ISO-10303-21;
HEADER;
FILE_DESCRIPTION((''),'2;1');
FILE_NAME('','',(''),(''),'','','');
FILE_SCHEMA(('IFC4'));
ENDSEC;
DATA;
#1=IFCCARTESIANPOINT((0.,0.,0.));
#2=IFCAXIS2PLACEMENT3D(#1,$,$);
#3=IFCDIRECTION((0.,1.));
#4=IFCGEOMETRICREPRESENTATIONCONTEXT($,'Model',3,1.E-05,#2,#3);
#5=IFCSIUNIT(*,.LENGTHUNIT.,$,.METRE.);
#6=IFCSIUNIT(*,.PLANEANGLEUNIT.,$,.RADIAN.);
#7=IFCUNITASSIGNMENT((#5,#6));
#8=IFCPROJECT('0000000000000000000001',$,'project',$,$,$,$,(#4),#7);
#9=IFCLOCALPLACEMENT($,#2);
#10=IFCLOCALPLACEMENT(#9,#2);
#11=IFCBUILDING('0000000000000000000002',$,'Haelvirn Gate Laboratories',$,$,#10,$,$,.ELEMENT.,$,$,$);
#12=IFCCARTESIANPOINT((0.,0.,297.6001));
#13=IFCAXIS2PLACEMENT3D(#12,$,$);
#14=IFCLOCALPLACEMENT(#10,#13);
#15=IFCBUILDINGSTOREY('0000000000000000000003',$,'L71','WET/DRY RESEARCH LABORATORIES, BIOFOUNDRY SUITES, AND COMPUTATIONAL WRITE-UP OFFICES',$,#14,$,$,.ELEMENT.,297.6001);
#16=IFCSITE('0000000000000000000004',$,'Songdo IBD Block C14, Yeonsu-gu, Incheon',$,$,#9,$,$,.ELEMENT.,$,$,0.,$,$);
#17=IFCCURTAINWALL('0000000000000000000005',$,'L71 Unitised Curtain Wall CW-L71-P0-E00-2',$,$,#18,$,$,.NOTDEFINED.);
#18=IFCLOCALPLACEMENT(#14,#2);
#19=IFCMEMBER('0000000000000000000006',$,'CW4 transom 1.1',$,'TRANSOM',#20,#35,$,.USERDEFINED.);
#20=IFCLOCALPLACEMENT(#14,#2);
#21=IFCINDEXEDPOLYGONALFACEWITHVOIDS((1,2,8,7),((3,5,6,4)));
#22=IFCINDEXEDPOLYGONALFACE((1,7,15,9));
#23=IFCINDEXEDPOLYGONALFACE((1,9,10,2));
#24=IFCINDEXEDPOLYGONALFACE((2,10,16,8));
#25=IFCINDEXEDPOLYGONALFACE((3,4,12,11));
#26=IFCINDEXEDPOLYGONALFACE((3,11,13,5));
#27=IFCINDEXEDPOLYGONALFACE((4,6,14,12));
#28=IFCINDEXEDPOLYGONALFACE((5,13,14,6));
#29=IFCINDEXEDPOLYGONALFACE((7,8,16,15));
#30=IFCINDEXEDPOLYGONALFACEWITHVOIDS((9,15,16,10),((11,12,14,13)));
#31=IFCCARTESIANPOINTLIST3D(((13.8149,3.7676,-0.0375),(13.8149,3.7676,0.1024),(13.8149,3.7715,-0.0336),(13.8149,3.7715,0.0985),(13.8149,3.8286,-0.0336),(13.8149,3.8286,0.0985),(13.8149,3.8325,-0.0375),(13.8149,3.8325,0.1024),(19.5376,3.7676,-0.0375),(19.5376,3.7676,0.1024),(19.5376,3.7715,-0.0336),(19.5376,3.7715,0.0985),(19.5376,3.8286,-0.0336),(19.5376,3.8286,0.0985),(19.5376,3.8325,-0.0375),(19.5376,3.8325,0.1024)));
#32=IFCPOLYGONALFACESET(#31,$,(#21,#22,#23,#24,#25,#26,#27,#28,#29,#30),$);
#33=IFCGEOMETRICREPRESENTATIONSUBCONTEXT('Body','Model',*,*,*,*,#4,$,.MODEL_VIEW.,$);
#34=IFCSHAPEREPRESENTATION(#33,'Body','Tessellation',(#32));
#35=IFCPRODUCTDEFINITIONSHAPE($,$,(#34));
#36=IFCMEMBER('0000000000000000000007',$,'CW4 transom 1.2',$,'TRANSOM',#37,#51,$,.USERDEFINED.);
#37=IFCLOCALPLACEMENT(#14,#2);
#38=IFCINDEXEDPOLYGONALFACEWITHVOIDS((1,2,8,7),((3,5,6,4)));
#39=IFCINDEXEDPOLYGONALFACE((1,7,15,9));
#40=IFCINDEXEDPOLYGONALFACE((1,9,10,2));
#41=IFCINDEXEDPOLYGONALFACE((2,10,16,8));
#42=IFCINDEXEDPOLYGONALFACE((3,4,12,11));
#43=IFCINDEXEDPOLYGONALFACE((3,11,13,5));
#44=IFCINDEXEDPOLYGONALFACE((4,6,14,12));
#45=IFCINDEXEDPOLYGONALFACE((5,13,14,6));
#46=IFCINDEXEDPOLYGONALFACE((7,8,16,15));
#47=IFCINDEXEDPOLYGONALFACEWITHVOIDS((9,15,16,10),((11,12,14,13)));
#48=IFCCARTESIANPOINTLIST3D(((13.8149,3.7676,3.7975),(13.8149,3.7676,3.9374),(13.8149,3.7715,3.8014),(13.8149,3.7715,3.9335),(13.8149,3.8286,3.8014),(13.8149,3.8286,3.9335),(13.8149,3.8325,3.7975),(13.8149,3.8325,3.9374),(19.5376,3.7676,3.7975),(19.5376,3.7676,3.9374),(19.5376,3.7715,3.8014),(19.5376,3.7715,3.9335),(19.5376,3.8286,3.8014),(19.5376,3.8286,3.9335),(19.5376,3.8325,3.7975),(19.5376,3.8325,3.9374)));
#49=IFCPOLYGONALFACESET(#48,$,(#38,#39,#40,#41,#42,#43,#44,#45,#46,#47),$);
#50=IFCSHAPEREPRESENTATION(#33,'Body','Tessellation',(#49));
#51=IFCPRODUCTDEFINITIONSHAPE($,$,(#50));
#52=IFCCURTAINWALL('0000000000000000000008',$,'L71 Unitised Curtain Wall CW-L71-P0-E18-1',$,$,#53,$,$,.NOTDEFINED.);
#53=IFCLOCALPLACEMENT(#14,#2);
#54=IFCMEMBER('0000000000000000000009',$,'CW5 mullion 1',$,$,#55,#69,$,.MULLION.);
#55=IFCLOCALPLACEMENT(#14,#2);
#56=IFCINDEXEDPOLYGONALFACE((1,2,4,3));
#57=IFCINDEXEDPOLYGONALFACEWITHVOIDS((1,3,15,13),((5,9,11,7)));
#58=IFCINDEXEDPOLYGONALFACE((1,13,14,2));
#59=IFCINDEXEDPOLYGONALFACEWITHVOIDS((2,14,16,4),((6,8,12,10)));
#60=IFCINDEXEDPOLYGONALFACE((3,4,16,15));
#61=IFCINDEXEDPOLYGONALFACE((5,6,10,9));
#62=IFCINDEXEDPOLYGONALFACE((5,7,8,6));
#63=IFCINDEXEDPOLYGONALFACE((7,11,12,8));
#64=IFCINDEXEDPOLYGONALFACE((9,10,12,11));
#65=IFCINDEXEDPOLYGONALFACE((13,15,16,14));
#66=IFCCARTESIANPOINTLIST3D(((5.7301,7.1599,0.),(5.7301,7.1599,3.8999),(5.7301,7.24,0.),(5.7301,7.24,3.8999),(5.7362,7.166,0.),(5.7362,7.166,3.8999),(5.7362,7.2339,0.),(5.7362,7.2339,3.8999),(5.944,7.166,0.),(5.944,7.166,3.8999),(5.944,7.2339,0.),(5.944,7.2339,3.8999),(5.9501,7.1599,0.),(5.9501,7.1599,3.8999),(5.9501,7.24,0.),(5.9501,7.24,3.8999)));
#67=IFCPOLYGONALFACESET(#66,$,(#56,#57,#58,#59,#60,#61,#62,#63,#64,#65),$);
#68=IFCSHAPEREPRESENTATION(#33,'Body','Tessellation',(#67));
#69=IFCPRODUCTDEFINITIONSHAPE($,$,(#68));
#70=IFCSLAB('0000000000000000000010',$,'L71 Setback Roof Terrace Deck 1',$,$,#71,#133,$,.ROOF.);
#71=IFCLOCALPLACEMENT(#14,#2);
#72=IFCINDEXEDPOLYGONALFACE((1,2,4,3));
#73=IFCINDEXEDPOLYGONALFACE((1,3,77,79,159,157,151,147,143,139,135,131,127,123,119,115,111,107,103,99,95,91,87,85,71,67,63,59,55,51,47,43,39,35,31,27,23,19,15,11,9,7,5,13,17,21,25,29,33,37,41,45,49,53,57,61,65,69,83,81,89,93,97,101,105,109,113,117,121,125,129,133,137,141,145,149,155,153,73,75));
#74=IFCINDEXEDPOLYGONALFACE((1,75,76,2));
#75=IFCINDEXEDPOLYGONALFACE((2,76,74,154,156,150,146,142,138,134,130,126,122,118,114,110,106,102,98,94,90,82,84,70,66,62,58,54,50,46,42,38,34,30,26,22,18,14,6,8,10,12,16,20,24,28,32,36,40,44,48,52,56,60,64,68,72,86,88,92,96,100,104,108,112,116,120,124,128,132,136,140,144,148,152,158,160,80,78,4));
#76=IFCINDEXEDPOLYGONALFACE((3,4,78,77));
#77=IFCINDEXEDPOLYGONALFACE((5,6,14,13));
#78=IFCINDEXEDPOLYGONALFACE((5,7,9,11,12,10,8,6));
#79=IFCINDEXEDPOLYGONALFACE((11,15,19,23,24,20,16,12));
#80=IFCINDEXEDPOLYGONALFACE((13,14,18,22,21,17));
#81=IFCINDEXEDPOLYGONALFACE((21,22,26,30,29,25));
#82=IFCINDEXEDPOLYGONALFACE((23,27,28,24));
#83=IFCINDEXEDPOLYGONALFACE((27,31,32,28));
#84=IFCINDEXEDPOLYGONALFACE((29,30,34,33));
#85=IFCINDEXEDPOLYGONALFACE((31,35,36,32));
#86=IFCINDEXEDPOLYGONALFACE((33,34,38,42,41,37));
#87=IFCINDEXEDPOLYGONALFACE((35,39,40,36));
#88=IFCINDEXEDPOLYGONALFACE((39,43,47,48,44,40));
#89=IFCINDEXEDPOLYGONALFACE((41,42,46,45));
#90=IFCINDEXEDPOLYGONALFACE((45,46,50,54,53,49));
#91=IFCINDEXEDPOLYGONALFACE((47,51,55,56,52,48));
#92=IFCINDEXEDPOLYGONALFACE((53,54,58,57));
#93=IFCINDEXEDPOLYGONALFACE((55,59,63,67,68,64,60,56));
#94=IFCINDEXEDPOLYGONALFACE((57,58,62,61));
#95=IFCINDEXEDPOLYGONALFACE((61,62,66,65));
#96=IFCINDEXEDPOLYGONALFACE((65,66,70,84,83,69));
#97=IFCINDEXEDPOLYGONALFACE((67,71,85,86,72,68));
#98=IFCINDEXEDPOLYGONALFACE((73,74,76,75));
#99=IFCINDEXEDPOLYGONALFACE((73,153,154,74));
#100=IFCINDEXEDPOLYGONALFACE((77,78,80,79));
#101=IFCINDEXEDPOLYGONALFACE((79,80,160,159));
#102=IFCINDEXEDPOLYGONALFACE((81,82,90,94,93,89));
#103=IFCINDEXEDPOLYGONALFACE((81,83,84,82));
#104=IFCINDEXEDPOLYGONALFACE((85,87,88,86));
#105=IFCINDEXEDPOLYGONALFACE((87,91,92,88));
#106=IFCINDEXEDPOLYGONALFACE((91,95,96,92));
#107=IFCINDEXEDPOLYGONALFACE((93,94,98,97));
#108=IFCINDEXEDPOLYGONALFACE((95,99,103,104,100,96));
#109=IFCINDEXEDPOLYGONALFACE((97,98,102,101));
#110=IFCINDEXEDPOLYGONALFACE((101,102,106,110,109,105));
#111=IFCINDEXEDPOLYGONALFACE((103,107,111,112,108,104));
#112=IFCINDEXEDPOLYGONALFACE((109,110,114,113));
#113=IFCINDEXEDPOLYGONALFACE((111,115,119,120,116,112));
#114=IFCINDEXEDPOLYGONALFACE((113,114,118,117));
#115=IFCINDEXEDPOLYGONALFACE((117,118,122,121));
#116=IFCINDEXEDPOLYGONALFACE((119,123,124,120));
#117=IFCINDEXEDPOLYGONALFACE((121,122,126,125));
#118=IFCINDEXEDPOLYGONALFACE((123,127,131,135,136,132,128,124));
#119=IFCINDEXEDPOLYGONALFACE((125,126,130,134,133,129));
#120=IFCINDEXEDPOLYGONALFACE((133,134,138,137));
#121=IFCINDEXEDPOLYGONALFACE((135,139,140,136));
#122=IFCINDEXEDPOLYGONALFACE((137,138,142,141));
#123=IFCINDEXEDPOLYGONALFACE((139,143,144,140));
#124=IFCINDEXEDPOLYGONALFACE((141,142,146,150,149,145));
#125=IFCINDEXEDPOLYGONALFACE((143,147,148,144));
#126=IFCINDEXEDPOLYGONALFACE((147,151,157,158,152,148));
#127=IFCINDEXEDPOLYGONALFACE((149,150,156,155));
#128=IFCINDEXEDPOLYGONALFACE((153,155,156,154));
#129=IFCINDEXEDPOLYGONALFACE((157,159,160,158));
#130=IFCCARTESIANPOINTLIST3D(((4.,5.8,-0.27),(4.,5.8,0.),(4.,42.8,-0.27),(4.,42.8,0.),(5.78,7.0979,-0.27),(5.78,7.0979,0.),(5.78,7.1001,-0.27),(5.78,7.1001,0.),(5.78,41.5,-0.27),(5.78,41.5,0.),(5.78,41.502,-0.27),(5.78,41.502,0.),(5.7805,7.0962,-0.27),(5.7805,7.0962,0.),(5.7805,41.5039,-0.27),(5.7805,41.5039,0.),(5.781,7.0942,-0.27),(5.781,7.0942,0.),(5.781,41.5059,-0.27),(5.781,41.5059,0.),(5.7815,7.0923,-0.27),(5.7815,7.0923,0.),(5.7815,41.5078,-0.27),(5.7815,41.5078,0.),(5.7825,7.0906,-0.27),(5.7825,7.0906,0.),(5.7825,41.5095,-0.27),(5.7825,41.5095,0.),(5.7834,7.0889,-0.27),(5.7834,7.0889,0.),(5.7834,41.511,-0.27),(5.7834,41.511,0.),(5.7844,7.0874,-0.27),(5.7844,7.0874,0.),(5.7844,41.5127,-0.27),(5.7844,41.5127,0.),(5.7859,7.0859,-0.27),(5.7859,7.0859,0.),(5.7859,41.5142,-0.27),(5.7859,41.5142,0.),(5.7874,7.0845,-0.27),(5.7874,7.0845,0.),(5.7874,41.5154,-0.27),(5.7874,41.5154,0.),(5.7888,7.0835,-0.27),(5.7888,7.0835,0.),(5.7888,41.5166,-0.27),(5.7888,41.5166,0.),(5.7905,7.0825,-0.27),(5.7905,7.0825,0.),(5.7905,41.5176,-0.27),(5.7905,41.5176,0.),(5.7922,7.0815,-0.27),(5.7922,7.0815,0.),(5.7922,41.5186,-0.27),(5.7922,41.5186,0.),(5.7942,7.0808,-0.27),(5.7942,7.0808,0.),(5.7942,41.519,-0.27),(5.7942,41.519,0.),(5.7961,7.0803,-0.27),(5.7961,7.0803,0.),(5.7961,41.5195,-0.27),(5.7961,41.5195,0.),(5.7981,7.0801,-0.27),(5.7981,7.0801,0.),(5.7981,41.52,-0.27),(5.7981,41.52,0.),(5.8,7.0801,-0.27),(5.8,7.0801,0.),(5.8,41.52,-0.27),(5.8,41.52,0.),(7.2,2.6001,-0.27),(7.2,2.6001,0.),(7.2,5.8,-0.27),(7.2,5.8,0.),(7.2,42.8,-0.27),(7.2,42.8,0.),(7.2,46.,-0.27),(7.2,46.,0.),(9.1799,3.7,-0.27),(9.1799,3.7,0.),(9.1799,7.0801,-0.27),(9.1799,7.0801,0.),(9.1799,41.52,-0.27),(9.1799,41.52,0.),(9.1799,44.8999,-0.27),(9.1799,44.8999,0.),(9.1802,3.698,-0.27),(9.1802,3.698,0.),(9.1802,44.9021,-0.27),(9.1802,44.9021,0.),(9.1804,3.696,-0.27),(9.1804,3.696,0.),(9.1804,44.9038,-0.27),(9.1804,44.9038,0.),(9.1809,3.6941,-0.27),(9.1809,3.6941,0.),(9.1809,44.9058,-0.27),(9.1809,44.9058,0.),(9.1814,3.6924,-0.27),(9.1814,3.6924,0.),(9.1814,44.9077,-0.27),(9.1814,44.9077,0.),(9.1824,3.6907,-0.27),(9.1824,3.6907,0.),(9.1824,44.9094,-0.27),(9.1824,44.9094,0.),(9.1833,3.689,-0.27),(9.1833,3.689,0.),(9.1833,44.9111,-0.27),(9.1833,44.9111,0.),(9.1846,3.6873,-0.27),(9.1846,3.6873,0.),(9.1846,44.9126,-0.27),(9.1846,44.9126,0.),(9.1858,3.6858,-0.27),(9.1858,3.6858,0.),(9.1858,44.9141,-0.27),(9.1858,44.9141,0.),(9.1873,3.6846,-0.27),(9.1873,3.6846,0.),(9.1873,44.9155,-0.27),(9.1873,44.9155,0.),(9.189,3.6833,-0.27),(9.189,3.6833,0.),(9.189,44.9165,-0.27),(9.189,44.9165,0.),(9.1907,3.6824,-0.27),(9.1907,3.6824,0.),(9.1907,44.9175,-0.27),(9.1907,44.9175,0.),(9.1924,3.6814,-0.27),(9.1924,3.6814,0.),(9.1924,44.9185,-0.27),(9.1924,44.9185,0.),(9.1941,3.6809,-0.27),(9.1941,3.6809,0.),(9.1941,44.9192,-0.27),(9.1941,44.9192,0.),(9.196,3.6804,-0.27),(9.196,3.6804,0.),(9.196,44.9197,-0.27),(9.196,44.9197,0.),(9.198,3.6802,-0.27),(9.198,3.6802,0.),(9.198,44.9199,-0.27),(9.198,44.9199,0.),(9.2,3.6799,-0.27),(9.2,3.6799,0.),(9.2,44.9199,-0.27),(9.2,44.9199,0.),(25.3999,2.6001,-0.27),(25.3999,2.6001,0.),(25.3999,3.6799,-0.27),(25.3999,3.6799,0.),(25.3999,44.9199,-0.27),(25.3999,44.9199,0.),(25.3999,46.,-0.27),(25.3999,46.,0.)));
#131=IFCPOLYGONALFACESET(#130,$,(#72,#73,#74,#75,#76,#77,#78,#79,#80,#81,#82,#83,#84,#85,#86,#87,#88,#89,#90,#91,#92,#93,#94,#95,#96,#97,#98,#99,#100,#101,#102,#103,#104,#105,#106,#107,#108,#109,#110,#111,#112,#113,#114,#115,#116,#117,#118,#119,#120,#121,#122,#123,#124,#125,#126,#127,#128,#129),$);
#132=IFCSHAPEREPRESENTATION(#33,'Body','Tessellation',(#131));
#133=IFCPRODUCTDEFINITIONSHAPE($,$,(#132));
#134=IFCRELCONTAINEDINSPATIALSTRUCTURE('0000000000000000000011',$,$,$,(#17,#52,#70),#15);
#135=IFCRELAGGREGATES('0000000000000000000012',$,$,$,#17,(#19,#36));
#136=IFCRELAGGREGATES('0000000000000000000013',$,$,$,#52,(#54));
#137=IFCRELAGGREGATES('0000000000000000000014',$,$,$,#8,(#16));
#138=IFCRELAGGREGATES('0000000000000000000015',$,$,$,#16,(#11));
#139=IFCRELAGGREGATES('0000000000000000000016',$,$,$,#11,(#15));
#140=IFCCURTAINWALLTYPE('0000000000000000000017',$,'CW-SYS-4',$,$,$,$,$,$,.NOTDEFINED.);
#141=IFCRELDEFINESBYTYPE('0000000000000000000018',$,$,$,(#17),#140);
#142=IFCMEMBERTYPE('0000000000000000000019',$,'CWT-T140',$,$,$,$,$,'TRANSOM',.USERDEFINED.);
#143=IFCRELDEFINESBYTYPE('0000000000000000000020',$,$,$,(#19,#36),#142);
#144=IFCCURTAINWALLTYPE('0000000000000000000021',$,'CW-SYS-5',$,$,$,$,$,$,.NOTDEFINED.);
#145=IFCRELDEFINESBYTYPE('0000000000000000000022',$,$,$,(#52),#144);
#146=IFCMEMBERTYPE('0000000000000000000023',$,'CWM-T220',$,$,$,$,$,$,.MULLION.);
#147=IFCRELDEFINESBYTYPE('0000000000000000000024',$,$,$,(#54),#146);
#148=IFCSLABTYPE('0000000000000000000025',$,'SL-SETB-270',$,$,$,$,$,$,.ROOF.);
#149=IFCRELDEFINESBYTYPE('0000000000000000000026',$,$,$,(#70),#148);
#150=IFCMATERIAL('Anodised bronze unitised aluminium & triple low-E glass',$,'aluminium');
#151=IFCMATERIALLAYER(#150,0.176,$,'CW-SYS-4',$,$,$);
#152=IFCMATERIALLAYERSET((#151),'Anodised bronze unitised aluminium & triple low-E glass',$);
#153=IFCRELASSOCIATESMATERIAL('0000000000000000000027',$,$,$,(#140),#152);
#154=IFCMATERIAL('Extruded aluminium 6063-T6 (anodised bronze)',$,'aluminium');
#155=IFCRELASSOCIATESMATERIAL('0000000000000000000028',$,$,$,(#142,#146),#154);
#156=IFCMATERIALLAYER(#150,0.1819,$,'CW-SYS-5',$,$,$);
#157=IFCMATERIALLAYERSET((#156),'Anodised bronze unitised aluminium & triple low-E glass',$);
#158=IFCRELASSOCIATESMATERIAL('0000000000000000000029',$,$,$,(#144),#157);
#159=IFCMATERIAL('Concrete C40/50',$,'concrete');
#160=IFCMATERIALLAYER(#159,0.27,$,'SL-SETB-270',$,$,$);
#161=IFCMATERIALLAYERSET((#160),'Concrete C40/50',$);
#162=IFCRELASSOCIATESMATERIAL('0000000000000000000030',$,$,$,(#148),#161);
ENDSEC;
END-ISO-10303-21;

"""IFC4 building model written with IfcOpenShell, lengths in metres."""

from ifc_helpers import new_model, si_unit, direction, frame, origin, origin_2d, place, context, subcontext, project, spatial, polyline, hollow_rectangle, outline, extrude, source, transform, mapped, material, layer, layer_set, material_profile, profile_set, type_object, type_shapes, element, aggregate, save


model = new_model("IFC4")

# Units and contexts
model_context = context("Model", 3, precision=1e-05, world=origin(), true_north=direction((0.0, 1.0)))
body_context = subcontext(model_context, "Body", "Model", "MODEL_VIEW")
ifc_project = project(units=[si_unit("LENGTHUNIT", "METRE"), si_unit("PLANEANGLEUNIT", "RADIAN")], contexts=[model_context])

# Site, building, storey
site_placement = place(None, origin())
site = spatial("IfcSite", under=ifc_project, at=site_placement, Name="Songdo IBD Block C14, Yeonsu-gu, Incheon", CompositionType="ELEMENT", RefElevation=0.0)
building_placement = place(site_placement, origin())
building = spatial("IfcBuilding", under=site, at=building_placement, Name="Haelvirn Gate Laboratories", CompositionType="ELEMENT")
storey_placement = place(building_placement, frame((0.0, 0.0, 297.6001)))
storey = spatial("IfcBuildingStorey", under=building, at=storey_placement, Name="L71", Description="WET/DRY RESEARCH LABORATORIES, BIOFOUNDRY SUITES, AND COMPUTATIONAL WRITE-UP OFFICES", CompositionType="ELEMENT", Elevation=297.6001)

# Shared definitions
ifc_material_1 = material(Name="Anodised bronze unitised aluminium & triple low-E glass", Category="aluminium")
ifc_layer_1 = layer(ifc_material_1, 0.176, Name="CW-SYS-4")
ifc_layer_set_1 = layer_set([ifc_layer_1], Name="Anodised bronze unitised aluminium & triple low-E glass")
curtain_wall_type_1 = type_object("IfcCurtainWallType", Name="CW-SYS-4", PredefinedType="NOTDEFINED", material=ifc_layer_set_1)
ifc_material_2 = material(Name="Extruded aluminium 6063-T6 (anodised bronze)", Category="aluminium")

# Curtain wall
curtain_wall_1_placement = place(storey_placement, origin())
curtain_wall_1 = element("IfcCurtainWall", 1, at=curtain_wall_1_placement, inside=storey, type_object=curtain_wall_type_1, Name="L71 Unitised Curtain Wall CW-L71-P0-E00-2", PredefinedType="NOTDEFINED")

# Members
ifc_material_profile_1 = material_profile(ifc_material_2, hollow_rectangle(XDim=0.0649, YDim=0.1399, WallThickness=0.0039, at=origin_2d()), Name="CWT-140x65x4")
ifc_profile_set_1 = profile_set([ifc_material_profile_1], Name="Extruded aluminium 6063-T6 (anodised bronze)")
member_type_1 = type_object("IfcMemberType", Name="CWT-T140", ElementType="TRANSOM", PredefinedType="USERDEFINED", material=ifc_profile_set_1)
shared_shape_1 = source(origin(), body_context, "Body", "SweptSolid", [
    extrude(hollow_rectangle(XDim=0.0649, YDim=0.1399, WallThickness=0.0039, at=origin_2d()), origin(), (0.0, 0.0, 1.0), 5.7227),
])
member_1_placement = place(storey_placement, frame((13.8149, 3.8, 0.0325), z_axis=(1.0, 0.0, 0.0), x_axis=(0.0, 1.0, 0.0)))
member_1 = element("IfcMember", 2, at=member_1_placement, type_object=member_type_1, Name="CW4 transom 1.1", ObjectType="TRANSOM", PredefinedType="USERDEFINED", context=body_context, shape_type="MappedRepresentation", body=[
    mapped(shared_shape_1, transform((0.0, 0.0, 0.0), scale=1.0)),
])
member_2_placement = place(storey_placement, frame((13.8149, 3.8, 3.8674), z_axis=(1.0, 0.0, 0.0), x_axis=(0.0, 1.0, 0.0)))
member_2 = element("IfcMember", 3, at=member_2_placement, type_object=member_type_1, Name="CW4 transom 1.2", ObjectType="TRANSOM", PredefinedType="USERDEFINED", context=body_context, shape_type="MappedRepresentation", body=[
    mapped(shared_shape_1, transform((0.0, 0.0, 0.0), scale=1.0)),
])
aggregate(curtain_wall_1, [member_1, member_2])

# Curtain wall, member
ifc_layer_2 = layer(ifc_material_1, 0.1819, Name="CW-SYS-5")
ifc_layer_set_2 = layer_set([ifc_layer_2], Name="Anodised bronze unitised aluminium & triple low-E glass")
curtain_wall_type_2 = type_object("IfcCurtainWallType", Name="CW-SYS-5", PredefinedType="NOTDEFINED", material=ifc_layer_set_2)
curtain_wall_2_placement = place(storey_placement, origin())
curtain_wall_2 = element("IfcCurtainWall", 4, at=curtain_wall_2_placement, inside=storey, type_object=curtain_wall_type_2, Name="L71 Unitised Curtain Wall CW-L71-P0-E18-1", PredefinedType="NOTDEFINED")
ifc_material_profile_2 = material_profile(ifc_material_2, hollow_rectangle(XDim=0.0801, YDim=0.22, WallThickness=0.0061, at=origin_2d()), Name="CWM-220x80x6")
ifc_profile_set_2 = profile_set([ifc_material_profile_2], Name="Extruded aluminium 6063-T6 (anodised bronze)")
member_type_2 = type_object("IfcMemberType", Name="CWM-T220", PredefinedType="MULLION", material=ifc_profile_set_2)
shared_shape_2 = source(origin(), body_context, "Body", "SweptSolid", [
    extrude(hollow_rectangle(XDim=0.0801, YDim=0.22, WallThickness=0.0061, at=origin_2d()), origin(), (0.0, 0.0, 1.0), 3.8999),
])
type_shapes(member_type_2, [shared_shape_2])
member_3_placement = place(storey_placement, frame((5.8401, 7.2, 0.0), z_axis=(0.0, 0.0, 1.0), x_axis=(0.0, 1.0, 0.0)))
member_3 = element("IfcMember", 5, at=member_3_placement, type_object=member_type_2, Name="CW5 mullion 1", PredefinedType="MULLION", context=body_context, shape_type="MappedRepresentation", body=[
    mapped(shared_shape_2, transform((0.0, 0.0, 0.0), scale=1.0)),
])
aggregate(curtain_wall_2, [member_3])

# Slab
ifc_material_3 = material(Name="Concrete C40/50", Category="concrete")
ifc_layer_3 = layer(ifc_material_3, 0.27, Name="SL-SETB-270")
ifc_layer_set_3 = layer_set([ifc_layer_3], Name="Concrete C40/50")
slab_type_1 = type_object("IfcSlabType", Name="SL-SETB-270", PredefinedType="ROOF", material=ifc_layer_set_3)
slab_1_placement = place(storey_placement, frame((0.0, 0.0, -0.27)))
element("IfcSlab", 6, at=slab_1_placement, inside=storey, type_object=slab_type_1, Name="L71 Setback Roof Terrace Deck 1", PredefinedType="ROOF", context=body_context, shape_type="SweptSolid", body=[
    extrude(outline(polyline([(7.2, 2.6001), (7.2, 5.8), (4.0, 5.8), (4.0, 42.8), (7.2, 42.8), (7.2, 46.0), (25.3999, 46.0), (25.3999, 44.9199), (9.2, 44.9199), (9.198, 44.9199), (9.196, 44.9197), (9.1941, 44.9192), (9.1924, 44.9185), (9.1907, 44.9175), (9.189, 44.9165), (9.1873, 44.9155), (9.1858, 44.9141), (9.1846, 44.9126), (9.1833, 44.9111), (9.1824, 44.9094), (9.1814, 44.9077), (9.1809, 44.9058), (9.1804, 44.9038), (9.1802, 44.9021), (9.1799, 44.8999), (9.1799, 41.52), (5.8, 41.52), (5.7981, 41.52), (5.7961, 41.5195), (5.7942, 41.519), (5.7922, 41.5186), (5.7905, 41.5176), (5.7888, 41.5166), (5.7874, 41.5154), (5.7859, 41.5142), (5.7844, 41.5127), (5.7834, 41.511), (5.7825, 41.5095), (5.7815, 41.5078), (5.781, 41.5059), (5.7805, 41.5039), (5.78, 41.502), (5.78, 41.5), (5.78, 7.1001), (5.78, 7.0979), (5.7805, 7.0962), (5.781, 7.0942), (5.7815, 7.0923), (5.7825, 7.0906), (5.7834, 7.0889), (5.7844, 7.0874), (5.7859, 7.0859), (5.7874, 7.0845), (5.7888, 7.0835), (5.7905, 7.0825), (5.7922, 7.0815), (5.7942, 7.0808), (5.7961, 7.0803), (5.7981, 7.0801), (5.8, 7.0801), (9.1799, 7.0801), (9.1799, 3.7), (9.1802, 3.698), (9.1804, 3.696), (9.1809, 3.6941), (9.1814, 3.6924), (9.1824, 3.6907), (9.1833, 3.689), (9.1846, 3.6873), (9.1858, 3.6858), (9.1873, 3.6846), (9.189, 3.6833), (9.1907, 3.6824), (9.1924, 3.6814), (9.1941, 3.6809), (9.196, 3.6804), (9.198, 3.6802), (9.2, 3.6799), (25.3999, 3.6799), (25.3999, 2.6001), (7.2, 2.6001)])), origin(), (0.0, 0.0, 1.0), 0.27),
])

save(model, "model.ifc")
